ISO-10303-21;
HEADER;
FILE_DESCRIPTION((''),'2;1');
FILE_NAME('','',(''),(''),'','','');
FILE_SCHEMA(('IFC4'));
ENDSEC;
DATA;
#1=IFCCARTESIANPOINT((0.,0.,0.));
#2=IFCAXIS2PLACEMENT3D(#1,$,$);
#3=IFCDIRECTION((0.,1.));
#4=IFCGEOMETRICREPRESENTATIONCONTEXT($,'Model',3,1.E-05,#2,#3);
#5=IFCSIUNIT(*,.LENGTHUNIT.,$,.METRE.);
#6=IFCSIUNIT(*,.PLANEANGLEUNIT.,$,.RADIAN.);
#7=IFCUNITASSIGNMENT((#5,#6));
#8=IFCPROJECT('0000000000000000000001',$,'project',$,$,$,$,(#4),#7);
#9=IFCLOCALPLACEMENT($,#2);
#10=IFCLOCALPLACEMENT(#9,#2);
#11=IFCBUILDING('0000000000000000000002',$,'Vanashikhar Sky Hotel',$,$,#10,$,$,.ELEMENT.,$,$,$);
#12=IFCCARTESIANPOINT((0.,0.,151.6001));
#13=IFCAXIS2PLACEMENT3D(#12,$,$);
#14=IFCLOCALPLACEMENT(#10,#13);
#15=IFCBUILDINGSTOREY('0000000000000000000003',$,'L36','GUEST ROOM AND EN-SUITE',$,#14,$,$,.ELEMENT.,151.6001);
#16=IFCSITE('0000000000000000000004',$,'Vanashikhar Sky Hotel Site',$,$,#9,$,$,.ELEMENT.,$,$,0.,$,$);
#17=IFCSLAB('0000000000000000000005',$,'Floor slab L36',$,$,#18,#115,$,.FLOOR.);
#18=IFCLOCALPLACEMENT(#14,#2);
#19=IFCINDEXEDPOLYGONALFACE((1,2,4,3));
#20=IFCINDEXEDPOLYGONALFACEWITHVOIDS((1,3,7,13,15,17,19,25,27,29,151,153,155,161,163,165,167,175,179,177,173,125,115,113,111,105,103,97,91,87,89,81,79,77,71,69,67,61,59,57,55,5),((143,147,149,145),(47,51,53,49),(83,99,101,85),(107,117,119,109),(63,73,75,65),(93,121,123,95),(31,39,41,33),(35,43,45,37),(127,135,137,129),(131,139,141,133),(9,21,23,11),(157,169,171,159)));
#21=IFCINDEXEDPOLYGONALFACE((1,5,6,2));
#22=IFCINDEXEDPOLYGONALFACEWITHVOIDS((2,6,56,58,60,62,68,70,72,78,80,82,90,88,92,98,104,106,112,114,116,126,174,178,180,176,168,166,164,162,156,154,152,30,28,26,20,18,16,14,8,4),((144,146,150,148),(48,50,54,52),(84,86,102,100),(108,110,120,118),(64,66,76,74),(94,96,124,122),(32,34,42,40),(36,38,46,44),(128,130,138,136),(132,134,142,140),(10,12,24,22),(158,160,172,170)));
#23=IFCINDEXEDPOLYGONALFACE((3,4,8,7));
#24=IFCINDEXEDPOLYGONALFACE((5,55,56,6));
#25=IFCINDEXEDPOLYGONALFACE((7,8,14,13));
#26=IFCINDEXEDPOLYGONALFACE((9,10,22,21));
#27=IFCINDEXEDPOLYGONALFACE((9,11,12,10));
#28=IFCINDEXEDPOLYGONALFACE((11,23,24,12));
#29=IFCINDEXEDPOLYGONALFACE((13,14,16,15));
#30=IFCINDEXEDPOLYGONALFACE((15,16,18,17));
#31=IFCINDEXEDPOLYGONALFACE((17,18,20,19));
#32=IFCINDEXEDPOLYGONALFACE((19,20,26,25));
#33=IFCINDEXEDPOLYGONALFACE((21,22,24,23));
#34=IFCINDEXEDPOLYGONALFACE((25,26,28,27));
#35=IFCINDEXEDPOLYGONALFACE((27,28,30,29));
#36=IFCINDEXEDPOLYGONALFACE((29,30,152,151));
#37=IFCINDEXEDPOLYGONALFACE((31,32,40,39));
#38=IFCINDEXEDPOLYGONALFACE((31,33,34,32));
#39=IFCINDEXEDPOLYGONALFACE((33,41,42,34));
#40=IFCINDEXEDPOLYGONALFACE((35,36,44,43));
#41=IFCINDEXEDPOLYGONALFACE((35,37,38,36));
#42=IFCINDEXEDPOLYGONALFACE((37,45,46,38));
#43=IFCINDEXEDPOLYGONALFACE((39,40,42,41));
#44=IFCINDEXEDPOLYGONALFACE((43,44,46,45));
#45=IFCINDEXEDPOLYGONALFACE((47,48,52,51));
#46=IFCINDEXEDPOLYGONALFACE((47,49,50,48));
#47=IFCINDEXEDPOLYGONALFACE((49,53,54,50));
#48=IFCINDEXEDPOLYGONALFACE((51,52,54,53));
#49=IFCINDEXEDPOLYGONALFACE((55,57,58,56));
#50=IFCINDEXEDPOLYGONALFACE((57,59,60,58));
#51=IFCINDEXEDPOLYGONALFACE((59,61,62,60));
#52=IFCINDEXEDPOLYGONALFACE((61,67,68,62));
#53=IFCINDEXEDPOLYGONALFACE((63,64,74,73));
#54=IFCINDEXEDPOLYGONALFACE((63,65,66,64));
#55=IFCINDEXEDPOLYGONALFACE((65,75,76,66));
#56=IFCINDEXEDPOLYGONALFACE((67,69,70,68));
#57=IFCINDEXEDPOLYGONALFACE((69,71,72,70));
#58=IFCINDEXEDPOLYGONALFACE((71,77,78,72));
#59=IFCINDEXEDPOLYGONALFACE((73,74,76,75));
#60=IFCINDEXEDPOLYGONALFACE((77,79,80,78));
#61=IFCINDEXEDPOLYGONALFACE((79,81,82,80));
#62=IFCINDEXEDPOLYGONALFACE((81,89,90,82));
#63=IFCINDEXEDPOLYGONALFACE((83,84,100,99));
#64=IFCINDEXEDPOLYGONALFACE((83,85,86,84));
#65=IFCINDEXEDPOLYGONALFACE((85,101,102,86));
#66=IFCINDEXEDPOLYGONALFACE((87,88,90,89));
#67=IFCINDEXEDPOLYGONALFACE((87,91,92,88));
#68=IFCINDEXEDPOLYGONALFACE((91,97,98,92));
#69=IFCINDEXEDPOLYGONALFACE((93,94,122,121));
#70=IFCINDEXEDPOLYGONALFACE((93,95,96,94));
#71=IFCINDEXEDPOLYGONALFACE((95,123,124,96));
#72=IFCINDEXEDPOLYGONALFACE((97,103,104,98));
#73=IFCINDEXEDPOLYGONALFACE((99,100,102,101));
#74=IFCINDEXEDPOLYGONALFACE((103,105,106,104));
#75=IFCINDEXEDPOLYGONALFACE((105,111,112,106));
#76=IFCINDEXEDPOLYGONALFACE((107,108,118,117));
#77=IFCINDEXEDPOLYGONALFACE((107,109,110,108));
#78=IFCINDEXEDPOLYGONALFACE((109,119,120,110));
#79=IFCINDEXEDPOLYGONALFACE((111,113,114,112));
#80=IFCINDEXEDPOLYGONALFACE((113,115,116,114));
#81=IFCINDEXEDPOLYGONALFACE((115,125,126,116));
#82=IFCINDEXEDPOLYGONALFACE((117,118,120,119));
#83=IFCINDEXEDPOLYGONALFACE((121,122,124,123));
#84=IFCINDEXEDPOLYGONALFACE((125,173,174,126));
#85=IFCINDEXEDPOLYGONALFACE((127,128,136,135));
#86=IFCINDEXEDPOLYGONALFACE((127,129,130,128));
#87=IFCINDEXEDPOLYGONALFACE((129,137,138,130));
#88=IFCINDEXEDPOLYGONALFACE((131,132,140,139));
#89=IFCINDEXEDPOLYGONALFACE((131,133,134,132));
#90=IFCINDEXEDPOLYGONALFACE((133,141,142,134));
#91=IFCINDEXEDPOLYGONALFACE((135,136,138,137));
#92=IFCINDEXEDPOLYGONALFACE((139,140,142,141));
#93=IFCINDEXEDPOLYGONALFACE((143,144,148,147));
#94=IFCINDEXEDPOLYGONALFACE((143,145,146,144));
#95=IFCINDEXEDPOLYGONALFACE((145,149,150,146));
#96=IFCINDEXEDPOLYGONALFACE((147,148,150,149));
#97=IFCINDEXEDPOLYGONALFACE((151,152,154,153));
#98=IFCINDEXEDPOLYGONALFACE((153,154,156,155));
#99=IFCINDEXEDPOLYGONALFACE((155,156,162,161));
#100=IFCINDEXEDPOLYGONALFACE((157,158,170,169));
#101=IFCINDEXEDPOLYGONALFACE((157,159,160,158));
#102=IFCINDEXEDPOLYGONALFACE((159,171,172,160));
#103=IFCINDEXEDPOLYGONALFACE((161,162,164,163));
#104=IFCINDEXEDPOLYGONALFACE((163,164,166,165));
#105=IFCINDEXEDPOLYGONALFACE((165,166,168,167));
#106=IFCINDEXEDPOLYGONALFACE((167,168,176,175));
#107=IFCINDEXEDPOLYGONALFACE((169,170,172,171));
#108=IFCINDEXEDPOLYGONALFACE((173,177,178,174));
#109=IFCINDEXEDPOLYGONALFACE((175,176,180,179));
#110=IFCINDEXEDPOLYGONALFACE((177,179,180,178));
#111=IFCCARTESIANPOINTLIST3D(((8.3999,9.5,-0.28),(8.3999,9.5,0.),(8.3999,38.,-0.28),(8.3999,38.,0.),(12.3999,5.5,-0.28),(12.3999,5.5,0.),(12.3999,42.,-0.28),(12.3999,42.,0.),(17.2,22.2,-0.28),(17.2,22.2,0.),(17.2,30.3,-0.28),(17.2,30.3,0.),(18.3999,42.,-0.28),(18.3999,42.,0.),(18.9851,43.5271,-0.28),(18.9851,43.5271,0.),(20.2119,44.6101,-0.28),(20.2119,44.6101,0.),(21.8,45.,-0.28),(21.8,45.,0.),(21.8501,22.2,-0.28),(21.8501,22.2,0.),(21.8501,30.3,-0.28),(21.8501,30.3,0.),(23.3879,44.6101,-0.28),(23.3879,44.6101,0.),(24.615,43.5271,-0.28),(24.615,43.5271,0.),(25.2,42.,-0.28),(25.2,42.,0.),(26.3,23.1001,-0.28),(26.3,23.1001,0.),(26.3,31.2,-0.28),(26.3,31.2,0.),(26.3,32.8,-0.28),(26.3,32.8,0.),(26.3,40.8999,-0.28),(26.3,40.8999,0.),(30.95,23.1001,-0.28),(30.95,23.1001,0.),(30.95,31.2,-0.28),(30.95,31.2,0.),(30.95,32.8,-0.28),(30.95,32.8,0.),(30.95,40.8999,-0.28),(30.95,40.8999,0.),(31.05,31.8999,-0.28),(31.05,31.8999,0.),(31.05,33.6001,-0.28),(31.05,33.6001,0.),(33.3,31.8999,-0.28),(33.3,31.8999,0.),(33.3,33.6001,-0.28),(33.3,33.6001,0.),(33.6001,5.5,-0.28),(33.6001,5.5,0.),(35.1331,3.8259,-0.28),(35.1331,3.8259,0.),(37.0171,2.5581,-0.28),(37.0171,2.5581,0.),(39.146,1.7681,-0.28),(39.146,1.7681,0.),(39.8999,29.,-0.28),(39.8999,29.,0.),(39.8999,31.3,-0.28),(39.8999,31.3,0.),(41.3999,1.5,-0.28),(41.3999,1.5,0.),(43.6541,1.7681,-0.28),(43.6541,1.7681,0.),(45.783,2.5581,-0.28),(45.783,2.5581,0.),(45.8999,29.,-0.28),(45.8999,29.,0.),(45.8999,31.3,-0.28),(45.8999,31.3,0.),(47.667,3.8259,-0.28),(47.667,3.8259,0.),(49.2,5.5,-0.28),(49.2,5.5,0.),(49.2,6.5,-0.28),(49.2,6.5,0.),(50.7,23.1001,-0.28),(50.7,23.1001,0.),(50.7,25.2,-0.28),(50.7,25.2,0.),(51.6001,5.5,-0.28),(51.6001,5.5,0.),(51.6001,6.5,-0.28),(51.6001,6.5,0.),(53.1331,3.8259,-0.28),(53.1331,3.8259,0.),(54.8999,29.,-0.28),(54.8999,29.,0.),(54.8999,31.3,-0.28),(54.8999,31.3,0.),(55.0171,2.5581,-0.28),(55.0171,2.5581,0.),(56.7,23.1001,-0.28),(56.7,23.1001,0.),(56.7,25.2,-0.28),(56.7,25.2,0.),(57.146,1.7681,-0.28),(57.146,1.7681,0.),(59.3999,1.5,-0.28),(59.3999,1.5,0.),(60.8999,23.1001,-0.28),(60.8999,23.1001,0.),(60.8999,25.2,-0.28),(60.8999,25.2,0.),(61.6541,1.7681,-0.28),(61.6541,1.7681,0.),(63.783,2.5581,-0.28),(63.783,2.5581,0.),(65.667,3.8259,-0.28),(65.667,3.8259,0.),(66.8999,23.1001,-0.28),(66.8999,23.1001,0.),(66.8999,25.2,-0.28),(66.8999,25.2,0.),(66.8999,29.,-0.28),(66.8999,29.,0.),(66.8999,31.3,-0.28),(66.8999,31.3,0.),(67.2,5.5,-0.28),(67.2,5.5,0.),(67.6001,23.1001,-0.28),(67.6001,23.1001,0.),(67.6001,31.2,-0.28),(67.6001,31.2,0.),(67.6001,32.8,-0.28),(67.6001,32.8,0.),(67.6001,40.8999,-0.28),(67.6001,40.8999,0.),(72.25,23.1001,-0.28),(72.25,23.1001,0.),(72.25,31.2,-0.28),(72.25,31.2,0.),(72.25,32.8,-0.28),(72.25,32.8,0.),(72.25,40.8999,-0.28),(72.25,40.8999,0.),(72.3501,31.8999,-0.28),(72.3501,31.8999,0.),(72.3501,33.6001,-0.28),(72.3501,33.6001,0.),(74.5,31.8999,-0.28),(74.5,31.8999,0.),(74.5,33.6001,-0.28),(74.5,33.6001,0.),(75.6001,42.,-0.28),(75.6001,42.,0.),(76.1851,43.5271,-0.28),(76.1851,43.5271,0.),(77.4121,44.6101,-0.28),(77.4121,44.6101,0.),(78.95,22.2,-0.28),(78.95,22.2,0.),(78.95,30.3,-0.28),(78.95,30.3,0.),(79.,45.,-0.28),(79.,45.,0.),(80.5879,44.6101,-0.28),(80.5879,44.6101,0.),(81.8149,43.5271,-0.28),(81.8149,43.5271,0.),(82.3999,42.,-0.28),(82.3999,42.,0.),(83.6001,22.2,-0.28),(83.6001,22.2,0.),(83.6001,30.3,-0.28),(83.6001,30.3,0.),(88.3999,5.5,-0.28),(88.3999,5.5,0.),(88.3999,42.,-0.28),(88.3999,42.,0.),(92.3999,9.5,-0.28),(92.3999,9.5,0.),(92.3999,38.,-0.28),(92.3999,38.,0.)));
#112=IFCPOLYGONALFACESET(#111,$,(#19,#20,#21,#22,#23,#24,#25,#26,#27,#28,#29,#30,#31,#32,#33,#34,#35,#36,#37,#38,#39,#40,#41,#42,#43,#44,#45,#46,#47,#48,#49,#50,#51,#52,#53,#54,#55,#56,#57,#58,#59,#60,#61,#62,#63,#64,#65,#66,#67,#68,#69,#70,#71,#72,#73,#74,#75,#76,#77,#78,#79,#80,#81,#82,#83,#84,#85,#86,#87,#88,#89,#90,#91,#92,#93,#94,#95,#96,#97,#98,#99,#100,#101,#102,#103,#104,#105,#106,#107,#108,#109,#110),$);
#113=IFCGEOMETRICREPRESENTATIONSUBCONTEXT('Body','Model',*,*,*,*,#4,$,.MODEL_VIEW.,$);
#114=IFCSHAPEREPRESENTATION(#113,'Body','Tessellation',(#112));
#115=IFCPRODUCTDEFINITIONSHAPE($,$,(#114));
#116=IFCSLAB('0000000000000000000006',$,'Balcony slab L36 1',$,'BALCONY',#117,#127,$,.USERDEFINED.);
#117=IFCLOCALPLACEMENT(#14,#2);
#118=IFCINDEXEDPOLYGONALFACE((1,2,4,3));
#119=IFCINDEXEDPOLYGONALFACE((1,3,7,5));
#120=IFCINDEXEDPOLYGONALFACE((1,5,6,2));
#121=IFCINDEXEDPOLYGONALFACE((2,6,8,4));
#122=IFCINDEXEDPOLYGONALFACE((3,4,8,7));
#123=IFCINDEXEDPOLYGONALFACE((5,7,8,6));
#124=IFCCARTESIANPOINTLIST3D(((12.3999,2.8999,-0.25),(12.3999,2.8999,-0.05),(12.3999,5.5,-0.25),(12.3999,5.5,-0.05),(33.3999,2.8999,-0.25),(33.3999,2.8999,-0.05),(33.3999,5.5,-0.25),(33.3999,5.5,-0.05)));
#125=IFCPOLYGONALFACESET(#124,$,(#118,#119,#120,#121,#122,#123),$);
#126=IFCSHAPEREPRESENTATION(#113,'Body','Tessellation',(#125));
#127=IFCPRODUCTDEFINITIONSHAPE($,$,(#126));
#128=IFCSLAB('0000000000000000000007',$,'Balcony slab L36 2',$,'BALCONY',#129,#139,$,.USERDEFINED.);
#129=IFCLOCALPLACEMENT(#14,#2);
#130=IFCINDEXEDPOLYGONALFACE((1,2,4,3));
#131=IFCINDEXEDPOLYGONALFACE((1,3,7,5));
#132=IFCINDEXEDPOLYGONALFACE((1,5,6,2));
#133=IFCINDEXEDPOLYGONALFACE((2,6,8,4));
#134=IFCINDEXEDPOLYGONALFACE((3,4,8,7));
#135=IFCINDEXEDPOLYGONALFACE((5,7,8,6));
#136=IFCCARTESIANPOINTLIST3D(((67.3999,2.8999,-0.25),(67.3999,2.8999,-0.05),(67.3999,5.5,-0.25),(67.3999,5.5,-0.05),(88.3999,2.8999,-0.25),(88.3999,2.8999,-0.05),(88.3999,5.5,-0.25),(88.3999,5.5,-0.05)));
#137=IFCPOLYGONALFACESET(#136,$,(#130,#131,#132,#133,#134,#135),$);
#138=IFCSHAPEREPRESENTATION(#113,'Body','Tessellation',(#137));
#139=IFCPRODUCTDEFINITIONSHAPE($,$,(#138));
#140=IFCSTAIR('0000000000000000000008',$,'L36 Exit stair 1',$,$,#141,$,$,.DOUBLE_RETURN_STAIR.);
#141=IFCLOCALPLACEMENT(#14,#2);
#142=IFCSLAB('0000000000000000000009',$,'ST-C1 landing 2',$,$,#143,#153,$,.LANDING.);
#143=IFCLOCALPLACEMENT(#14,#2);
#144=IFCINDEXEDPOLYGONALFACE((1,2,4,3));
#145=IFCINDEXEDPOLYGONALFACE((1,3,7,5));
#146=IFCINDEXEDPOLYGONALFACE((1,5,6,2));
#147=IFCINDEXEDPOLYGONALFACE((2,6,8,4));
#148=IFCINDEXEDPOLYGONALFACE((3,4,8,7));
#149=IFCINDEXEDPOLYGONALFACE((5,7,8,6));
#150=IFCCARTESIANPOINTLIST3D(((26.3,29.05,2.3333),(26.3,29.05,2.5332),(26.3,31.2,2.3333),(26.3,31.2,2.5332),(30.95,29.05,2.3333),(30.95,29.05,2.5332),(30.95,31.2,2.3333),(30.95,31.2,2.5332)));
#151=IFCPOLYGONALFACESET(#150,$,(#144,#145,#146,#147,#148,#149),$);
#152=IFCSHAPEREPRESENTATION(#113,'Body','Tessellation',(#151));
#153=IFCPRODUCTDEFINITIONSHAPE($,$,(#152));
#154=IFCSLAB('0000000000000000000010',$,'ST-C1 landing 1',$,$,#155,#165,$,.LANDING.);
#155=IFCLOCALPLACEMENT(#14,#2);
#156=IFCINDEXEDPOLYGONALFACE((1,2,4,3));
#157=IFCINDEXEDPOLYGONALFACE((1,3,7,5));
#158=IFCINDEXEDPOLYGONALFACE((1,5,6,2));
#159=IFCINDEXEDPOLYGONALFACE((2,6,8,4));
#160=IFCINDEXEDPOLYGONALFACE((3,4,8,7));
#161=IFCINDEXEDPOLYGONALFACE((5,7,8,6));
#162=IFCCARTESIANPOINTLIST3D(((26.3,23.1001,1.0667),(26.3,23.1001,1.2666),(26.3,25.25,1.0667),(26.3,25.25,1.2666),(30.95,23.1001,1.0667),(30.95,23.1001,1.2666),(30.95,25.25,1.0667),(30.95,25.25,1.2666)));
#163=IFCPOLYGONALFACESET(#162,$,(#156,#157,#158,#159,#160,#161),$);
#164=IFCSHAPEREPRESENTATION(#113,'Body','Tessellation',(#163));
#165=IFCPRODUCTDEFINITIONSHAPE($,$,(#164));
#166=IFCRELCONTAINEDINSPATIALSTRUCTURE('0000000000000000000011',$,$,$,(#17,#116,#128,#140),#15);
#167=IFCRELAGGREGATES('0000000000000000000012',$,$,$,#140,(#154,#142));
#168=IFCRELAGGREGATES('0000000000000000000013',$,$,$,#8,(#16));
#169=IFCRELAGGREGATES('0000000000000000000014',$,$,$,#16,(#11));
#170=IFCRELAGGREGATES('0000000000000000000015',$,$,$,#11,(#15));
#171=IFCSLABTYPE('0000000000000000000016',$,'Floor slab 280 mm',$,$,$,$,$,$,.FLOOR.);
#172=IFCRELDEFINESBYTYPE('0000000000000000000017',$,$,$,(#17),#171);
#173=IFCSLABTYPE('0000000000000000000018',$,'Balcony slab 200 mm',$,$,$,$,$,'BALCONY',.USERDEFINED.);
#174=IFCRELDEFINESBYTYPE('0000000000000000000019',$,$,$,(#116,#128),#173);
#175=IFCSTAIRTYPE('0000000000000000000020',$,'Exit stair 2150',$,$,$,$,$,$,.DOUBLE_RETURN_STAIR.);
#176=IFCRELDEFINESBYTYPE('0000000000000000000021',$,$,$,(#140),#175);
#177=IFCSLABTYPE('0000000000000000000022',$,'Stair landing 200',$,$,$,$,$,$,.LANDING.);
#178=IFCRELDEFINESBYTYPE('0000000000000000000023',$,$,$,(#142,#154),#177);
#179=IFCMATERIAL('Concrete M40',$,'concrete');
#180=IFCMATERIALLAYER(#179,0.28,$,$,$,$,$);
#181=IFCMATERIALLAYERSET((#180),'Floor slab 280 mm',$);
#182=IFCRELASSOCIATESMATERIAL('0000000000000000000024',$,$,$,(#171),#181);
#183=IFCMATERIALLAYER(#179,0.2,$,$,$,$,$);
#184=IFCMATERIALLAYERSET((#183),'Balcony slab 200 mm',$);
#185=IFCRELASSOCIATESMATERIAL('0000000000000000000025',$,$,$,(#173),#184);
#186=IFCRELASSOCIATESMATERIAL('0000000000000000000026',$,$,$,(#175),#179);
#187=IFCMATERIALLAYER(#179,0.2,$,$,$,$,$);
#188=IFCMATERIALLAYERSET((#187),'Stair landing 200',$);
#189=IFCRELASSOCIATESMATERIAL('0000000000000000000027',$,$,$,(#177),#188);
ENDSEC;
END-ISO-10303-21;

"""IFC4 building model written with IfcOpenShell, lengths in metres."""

from ifc_helpers import new_model, si_unit, direction, frame, origin, place, context, subcontext, project, spatial, polyline, outline, extrude, source, transform, mapped, material, layer, layer_set, type_object, element, aggregate, save


model = new_model("IFC4")

# Units and contexts
model_context = context("Model", 3, precision=1e-05, world=origin(), true_north=direction((0.0, 1.0)))
body_context = subcontext(model_context, "Body", "Model", "MODEL_VIEW")
ifc_project = project(units=[si_unit("LENGTHUNIT", "METRE"), si_unit("PLANEANGLEUNIT", "RADIAN")], contexts=[model_context])

# Site, building, storey
site_placement = place(None, origin())
site = spatial("IfcSite", under=ifc_project, at=site_placement, Name="Vanashikhar Sky Hotel Site", CompositionType="ELEMENT", RefElevation=0.0)
building_placement = place(site_placement, origin())
building = spatial("IfcBuilding", under=site, at=building_placement, Name="Vanashikhar Sky Hotel", CompositionType="ELEMENT")
storey_placement = place(building_placement, frame((0.0, 0.0, 151.6001)))
storey = spatial("IfcBuildingStorey", under=building, at=storey_placement, Name="L36", Description="GUEST ROOM AND EN-SUITE", CompositionType="ELEMENT", Elevation=151.6001)

# Slabs
ifc_material = material(Name="Concrete M40", Category="concrete")
ifc_layer_1 = layer(ifc_material, 0.28)
ifc_layer_set_1 = layer_set([ifc_layer_1], Name="Floor slab 280 mm")
slab_type_1 = type_object("IfcSlabType", Name="Floor slab 280 mm", PredefinedType="FLOOR", material=ifc_layer_set_1)
shared_shape_1 = source(origin(), body_context, "Body", "SweptSolid", [
    extrude(outline(polyline([(49.2, 5.5), (49.2, 6.5), (51.6001, 6.5), (51.6001, 5.5), (53.1331, 3.8259), (55.0171, 2.5581), (57.146, 1.7681), (59.3999, 1.5), (61.6541, 1.7681), (63.783, 2.5581), (65.667, 3.8259), (67.2, 5.5), (88.3999, 5.5), (92.3999, 9.5), (92.3999, 38.0), (88.3999, 42.0), (82.3999, 42.0), (81.8149, 43.5271), (80.5879, 44.6101), (79.0, 45.0), (77.4121, 44.6101), (76.1851, 43.5271), (75.6001, 42.0), (25.2, 42.0), (24.615, 43.5271), (23.3879, 44.6101), (21.8, 45.0), (20.2119, 44.6101), (18.9851, 43.5271), (18.3999, 42.0), (12.3999, 42.0), (8.3999, 38.0), (8.3999, 9.5), (12.3999, 5.5), (33.6001, 5.5), (35.1331, 3.8259), (37.0171, 2.5581), (39.146, 1.7681), (41.3999, 1.5), (43.6541, 1.7681), (45.783, 2.5581), (47.667, 3.8259), (49.2, 5.5)]), holes=[polyline([(33.3, 33.6001), (31.05, 33.6001), (31.05, 31.8999), (33.3, 31.8999), (33.3, 33.6001)]), polyline([(39.8999, 31.3), (39.8999, 29.0), (45.8999, 29.0), (45.8999, 31.3), (39.8999, 31.3)]), polyline([(50.7, 25.2), (50.7, 23.1001), (56.7, 23.1001), (56.7, 25.2), (50.7, 25.2)]), polyline([(66.8999, 29.0), (66.8999, 31.3), (54.8999, 31.3), (54.8999, 29.0), (66.8999, 29.0)]), polyline([(60.8999, 25.2), (60.8999, 23.1001), (66.8999, 23.1001), (66.8999, 25.2), (60.8999, 25.2)]), polyline([(74.5, 33.6001), (72.3501, 33.6001), (72.3501, 31.8999), (74.5, 31.8999), (74.5, 33.6001)]), polyline([(30.95, 23.1001), (30.95, 31.2), (26.3, 31.2), (26.3, 23.1001), (30.95, 23.1001)]), polyline([(72.25, 23.1001), (72.25, 31.2), (67.6001, 31.2), (67.6001, 23.1001), (72.25, 23.1001)]), polyline([(30.95, 32.8), (30.95, 40.8999), (26.3, 40.8999), (26.3, 32.8), (30.95, 32.8)]), polyline([(72.25, 32.8), (72.25, 40.8999), (67.6001, 40.8999), (67.6001, 32.8), (72.25, 32.8)]), polyline([(83.6001, 22.2), (83.6001, 30.3), (78.95, 30.3), (78.95, 22.2), (83.6001, 22.2)]), polyline([(21.8501, 22.2), (21.8501, 30.3), (17.2, 30.3), (17.2, 22.2), (21.8501, 22.2)])]), origin(), (0.0, 0.0, 1.0), 0.28),
])
slab_1_placement = place(storey_placement, frame((0.0, 0.0, -0.28)))
element("IfcSlab", 1, at=slab_1_placement, inside=storey, type_object=slab_type_1, Name="Floor slab L36", PredefinedType="FLOOR", context=body_context, shape_type="MappedRepresentation", body=[
    mapped(shared_shape_1, transform((0.0, 0.0, 0.0), scale=1.0)),
])
ifc_layer_2 = layer(ifc_material, 0.2)
ifc_layer_set_2 = layer_set([ifc_layer_2], Name="Balcony slab 200 mm")
slab_type_2 = type_object("IfcSlabType", Name="Balcony slab 200 mm", ElementType="BALCONY", PredefinedType="USERDEFINED", material=ifc_layer_set_2)
shared_shape_2 = source(origin(), body_context, "Body", "SweptSolid", [
    extrude(outline(polyline([(12.3999, 2.8999), (33.3999, 2.8999), (33.3999, 5.5), (12.3999, 5.5), (12.3999, 2.8999)])), origin(), (0.0, 0.0, 1.0), 0.2),
])
slab_2_placement = place(storey_placement, frame((0.0, 0.0, -0.25)))
element("IfcSlab", 2, at=slab_2_placement, inside=storey, type_object=slab_type_2, Name="Balcony slab L36 1", ObjectType="BALCONY", PredefinedType="USERDEFINED", context=body_context, shape_type="MappedRepresentation", body=[
    mapped(shared_shape_2, transform((0.0, 0.0, 0.0), scale=1.0)),
])
shared_shape_3 = source(origin(), body_context, "Body", "SweptSolid", [
    extrude(outline(polyline([(67.3999, 2.8999), (88.3999, 2.8999), (88.3999, 5.5), (67.3999, 5.5), (67.3999, 2.8999)])), origin(), (0.0, 0.0, 1.0), 0.2),
])
slab_3_placement = place(storey_placement, frame((0.0, 0.0, -0.25)))
element("IfcSlab", 3, at=slab_3_placement, inside=storey, type_object=slab_type_2, Name="Balcony slab L36 2", ObjectType="BALCONY", PredefinedType="USERDEFINED", context=body_context, shape_type="MappedRepresentation", body=[
    mapped(shared_shape_3, transform((0.0, 0.0, 0.0), scale=1.0)),
])

# Stair, slabs
stair_type = type_object("IfcStairType", Name="Exit stair 2150", PredefinedType="DOUBLE_RETURN_STAIR", material=ifc_material)
stair_1_placement = place(storey_placement, origin())
stair_1 = element("IfcStair", 4, at=stair_1_placement, inside=storey, type_object=stair_type, Name="L36 Exit stair 1", PredefinedType="DOUBLE_RETURN_STAIR")
ifc_layer_3 = layer(ifc_material, 0.2)
ifc_layer_set_3 = layer_set([ifc_layer_3], Name="Stair landing 200")
slab_type_3 = type_object("IfcSlabType", Name="Stair landing 200", PredefinedType="LANDING", material=ifc_layer_set_3)
shared_shape_4 = source(origin(), body_context, "Body", "SweptSolid", [
    extrude(outline(polyline([(30.95, 29.05), (30.95, 31.2), (26.3, 31.2), (26.3, 29.05), (30.95, 29.05)])), origin(), (0.0, 0.0, 1.0), 0.2),
])
slab_4_placement = place(storey_placement, frame((0.0, 0.0, 2.3333)))
slab_4 = element("IfcSlab", 5, at=slab_4_placement, type_object=slab_type_3, Name="ST-C1 landing 2", PredefinedType="LANDING", context=body_context, shape_type="MappedRepresentation", body=[
    mapped(shared_shape_4, transform((0.0, 0.0, 0.0), scale=1.0)),
])
shared_shape_5 = source(origin(), body_context, "Body", "SweptSolid", [
    extrude(outline(polyline([(30.95, 23.1001), (30.95, 25.25), (26.3, 25.25), (26.3, 23.1001), (30.95, 23.1001)])), origin(), (0.0, 0.0, 1.0), 0.2),
])
slab_5_placement = place(storey_placement, frame((0.0, 0.0, 1.0667)))
slab_5 = element("IfcSlab", 6, at=slab_5_placement, type_object=slab_type_3, Name="ST-C1 landing 1", PredefinedType="LANDING", context=body_context, shape_type="MappedRepresentation", body=[
    mapped(shared_shape_5, transform((0.0, 0.0, 0.0), scale=1.0)),
])
aggregate(stair_1, [slab_5, slab_4])

save(model, "model.ifc")
